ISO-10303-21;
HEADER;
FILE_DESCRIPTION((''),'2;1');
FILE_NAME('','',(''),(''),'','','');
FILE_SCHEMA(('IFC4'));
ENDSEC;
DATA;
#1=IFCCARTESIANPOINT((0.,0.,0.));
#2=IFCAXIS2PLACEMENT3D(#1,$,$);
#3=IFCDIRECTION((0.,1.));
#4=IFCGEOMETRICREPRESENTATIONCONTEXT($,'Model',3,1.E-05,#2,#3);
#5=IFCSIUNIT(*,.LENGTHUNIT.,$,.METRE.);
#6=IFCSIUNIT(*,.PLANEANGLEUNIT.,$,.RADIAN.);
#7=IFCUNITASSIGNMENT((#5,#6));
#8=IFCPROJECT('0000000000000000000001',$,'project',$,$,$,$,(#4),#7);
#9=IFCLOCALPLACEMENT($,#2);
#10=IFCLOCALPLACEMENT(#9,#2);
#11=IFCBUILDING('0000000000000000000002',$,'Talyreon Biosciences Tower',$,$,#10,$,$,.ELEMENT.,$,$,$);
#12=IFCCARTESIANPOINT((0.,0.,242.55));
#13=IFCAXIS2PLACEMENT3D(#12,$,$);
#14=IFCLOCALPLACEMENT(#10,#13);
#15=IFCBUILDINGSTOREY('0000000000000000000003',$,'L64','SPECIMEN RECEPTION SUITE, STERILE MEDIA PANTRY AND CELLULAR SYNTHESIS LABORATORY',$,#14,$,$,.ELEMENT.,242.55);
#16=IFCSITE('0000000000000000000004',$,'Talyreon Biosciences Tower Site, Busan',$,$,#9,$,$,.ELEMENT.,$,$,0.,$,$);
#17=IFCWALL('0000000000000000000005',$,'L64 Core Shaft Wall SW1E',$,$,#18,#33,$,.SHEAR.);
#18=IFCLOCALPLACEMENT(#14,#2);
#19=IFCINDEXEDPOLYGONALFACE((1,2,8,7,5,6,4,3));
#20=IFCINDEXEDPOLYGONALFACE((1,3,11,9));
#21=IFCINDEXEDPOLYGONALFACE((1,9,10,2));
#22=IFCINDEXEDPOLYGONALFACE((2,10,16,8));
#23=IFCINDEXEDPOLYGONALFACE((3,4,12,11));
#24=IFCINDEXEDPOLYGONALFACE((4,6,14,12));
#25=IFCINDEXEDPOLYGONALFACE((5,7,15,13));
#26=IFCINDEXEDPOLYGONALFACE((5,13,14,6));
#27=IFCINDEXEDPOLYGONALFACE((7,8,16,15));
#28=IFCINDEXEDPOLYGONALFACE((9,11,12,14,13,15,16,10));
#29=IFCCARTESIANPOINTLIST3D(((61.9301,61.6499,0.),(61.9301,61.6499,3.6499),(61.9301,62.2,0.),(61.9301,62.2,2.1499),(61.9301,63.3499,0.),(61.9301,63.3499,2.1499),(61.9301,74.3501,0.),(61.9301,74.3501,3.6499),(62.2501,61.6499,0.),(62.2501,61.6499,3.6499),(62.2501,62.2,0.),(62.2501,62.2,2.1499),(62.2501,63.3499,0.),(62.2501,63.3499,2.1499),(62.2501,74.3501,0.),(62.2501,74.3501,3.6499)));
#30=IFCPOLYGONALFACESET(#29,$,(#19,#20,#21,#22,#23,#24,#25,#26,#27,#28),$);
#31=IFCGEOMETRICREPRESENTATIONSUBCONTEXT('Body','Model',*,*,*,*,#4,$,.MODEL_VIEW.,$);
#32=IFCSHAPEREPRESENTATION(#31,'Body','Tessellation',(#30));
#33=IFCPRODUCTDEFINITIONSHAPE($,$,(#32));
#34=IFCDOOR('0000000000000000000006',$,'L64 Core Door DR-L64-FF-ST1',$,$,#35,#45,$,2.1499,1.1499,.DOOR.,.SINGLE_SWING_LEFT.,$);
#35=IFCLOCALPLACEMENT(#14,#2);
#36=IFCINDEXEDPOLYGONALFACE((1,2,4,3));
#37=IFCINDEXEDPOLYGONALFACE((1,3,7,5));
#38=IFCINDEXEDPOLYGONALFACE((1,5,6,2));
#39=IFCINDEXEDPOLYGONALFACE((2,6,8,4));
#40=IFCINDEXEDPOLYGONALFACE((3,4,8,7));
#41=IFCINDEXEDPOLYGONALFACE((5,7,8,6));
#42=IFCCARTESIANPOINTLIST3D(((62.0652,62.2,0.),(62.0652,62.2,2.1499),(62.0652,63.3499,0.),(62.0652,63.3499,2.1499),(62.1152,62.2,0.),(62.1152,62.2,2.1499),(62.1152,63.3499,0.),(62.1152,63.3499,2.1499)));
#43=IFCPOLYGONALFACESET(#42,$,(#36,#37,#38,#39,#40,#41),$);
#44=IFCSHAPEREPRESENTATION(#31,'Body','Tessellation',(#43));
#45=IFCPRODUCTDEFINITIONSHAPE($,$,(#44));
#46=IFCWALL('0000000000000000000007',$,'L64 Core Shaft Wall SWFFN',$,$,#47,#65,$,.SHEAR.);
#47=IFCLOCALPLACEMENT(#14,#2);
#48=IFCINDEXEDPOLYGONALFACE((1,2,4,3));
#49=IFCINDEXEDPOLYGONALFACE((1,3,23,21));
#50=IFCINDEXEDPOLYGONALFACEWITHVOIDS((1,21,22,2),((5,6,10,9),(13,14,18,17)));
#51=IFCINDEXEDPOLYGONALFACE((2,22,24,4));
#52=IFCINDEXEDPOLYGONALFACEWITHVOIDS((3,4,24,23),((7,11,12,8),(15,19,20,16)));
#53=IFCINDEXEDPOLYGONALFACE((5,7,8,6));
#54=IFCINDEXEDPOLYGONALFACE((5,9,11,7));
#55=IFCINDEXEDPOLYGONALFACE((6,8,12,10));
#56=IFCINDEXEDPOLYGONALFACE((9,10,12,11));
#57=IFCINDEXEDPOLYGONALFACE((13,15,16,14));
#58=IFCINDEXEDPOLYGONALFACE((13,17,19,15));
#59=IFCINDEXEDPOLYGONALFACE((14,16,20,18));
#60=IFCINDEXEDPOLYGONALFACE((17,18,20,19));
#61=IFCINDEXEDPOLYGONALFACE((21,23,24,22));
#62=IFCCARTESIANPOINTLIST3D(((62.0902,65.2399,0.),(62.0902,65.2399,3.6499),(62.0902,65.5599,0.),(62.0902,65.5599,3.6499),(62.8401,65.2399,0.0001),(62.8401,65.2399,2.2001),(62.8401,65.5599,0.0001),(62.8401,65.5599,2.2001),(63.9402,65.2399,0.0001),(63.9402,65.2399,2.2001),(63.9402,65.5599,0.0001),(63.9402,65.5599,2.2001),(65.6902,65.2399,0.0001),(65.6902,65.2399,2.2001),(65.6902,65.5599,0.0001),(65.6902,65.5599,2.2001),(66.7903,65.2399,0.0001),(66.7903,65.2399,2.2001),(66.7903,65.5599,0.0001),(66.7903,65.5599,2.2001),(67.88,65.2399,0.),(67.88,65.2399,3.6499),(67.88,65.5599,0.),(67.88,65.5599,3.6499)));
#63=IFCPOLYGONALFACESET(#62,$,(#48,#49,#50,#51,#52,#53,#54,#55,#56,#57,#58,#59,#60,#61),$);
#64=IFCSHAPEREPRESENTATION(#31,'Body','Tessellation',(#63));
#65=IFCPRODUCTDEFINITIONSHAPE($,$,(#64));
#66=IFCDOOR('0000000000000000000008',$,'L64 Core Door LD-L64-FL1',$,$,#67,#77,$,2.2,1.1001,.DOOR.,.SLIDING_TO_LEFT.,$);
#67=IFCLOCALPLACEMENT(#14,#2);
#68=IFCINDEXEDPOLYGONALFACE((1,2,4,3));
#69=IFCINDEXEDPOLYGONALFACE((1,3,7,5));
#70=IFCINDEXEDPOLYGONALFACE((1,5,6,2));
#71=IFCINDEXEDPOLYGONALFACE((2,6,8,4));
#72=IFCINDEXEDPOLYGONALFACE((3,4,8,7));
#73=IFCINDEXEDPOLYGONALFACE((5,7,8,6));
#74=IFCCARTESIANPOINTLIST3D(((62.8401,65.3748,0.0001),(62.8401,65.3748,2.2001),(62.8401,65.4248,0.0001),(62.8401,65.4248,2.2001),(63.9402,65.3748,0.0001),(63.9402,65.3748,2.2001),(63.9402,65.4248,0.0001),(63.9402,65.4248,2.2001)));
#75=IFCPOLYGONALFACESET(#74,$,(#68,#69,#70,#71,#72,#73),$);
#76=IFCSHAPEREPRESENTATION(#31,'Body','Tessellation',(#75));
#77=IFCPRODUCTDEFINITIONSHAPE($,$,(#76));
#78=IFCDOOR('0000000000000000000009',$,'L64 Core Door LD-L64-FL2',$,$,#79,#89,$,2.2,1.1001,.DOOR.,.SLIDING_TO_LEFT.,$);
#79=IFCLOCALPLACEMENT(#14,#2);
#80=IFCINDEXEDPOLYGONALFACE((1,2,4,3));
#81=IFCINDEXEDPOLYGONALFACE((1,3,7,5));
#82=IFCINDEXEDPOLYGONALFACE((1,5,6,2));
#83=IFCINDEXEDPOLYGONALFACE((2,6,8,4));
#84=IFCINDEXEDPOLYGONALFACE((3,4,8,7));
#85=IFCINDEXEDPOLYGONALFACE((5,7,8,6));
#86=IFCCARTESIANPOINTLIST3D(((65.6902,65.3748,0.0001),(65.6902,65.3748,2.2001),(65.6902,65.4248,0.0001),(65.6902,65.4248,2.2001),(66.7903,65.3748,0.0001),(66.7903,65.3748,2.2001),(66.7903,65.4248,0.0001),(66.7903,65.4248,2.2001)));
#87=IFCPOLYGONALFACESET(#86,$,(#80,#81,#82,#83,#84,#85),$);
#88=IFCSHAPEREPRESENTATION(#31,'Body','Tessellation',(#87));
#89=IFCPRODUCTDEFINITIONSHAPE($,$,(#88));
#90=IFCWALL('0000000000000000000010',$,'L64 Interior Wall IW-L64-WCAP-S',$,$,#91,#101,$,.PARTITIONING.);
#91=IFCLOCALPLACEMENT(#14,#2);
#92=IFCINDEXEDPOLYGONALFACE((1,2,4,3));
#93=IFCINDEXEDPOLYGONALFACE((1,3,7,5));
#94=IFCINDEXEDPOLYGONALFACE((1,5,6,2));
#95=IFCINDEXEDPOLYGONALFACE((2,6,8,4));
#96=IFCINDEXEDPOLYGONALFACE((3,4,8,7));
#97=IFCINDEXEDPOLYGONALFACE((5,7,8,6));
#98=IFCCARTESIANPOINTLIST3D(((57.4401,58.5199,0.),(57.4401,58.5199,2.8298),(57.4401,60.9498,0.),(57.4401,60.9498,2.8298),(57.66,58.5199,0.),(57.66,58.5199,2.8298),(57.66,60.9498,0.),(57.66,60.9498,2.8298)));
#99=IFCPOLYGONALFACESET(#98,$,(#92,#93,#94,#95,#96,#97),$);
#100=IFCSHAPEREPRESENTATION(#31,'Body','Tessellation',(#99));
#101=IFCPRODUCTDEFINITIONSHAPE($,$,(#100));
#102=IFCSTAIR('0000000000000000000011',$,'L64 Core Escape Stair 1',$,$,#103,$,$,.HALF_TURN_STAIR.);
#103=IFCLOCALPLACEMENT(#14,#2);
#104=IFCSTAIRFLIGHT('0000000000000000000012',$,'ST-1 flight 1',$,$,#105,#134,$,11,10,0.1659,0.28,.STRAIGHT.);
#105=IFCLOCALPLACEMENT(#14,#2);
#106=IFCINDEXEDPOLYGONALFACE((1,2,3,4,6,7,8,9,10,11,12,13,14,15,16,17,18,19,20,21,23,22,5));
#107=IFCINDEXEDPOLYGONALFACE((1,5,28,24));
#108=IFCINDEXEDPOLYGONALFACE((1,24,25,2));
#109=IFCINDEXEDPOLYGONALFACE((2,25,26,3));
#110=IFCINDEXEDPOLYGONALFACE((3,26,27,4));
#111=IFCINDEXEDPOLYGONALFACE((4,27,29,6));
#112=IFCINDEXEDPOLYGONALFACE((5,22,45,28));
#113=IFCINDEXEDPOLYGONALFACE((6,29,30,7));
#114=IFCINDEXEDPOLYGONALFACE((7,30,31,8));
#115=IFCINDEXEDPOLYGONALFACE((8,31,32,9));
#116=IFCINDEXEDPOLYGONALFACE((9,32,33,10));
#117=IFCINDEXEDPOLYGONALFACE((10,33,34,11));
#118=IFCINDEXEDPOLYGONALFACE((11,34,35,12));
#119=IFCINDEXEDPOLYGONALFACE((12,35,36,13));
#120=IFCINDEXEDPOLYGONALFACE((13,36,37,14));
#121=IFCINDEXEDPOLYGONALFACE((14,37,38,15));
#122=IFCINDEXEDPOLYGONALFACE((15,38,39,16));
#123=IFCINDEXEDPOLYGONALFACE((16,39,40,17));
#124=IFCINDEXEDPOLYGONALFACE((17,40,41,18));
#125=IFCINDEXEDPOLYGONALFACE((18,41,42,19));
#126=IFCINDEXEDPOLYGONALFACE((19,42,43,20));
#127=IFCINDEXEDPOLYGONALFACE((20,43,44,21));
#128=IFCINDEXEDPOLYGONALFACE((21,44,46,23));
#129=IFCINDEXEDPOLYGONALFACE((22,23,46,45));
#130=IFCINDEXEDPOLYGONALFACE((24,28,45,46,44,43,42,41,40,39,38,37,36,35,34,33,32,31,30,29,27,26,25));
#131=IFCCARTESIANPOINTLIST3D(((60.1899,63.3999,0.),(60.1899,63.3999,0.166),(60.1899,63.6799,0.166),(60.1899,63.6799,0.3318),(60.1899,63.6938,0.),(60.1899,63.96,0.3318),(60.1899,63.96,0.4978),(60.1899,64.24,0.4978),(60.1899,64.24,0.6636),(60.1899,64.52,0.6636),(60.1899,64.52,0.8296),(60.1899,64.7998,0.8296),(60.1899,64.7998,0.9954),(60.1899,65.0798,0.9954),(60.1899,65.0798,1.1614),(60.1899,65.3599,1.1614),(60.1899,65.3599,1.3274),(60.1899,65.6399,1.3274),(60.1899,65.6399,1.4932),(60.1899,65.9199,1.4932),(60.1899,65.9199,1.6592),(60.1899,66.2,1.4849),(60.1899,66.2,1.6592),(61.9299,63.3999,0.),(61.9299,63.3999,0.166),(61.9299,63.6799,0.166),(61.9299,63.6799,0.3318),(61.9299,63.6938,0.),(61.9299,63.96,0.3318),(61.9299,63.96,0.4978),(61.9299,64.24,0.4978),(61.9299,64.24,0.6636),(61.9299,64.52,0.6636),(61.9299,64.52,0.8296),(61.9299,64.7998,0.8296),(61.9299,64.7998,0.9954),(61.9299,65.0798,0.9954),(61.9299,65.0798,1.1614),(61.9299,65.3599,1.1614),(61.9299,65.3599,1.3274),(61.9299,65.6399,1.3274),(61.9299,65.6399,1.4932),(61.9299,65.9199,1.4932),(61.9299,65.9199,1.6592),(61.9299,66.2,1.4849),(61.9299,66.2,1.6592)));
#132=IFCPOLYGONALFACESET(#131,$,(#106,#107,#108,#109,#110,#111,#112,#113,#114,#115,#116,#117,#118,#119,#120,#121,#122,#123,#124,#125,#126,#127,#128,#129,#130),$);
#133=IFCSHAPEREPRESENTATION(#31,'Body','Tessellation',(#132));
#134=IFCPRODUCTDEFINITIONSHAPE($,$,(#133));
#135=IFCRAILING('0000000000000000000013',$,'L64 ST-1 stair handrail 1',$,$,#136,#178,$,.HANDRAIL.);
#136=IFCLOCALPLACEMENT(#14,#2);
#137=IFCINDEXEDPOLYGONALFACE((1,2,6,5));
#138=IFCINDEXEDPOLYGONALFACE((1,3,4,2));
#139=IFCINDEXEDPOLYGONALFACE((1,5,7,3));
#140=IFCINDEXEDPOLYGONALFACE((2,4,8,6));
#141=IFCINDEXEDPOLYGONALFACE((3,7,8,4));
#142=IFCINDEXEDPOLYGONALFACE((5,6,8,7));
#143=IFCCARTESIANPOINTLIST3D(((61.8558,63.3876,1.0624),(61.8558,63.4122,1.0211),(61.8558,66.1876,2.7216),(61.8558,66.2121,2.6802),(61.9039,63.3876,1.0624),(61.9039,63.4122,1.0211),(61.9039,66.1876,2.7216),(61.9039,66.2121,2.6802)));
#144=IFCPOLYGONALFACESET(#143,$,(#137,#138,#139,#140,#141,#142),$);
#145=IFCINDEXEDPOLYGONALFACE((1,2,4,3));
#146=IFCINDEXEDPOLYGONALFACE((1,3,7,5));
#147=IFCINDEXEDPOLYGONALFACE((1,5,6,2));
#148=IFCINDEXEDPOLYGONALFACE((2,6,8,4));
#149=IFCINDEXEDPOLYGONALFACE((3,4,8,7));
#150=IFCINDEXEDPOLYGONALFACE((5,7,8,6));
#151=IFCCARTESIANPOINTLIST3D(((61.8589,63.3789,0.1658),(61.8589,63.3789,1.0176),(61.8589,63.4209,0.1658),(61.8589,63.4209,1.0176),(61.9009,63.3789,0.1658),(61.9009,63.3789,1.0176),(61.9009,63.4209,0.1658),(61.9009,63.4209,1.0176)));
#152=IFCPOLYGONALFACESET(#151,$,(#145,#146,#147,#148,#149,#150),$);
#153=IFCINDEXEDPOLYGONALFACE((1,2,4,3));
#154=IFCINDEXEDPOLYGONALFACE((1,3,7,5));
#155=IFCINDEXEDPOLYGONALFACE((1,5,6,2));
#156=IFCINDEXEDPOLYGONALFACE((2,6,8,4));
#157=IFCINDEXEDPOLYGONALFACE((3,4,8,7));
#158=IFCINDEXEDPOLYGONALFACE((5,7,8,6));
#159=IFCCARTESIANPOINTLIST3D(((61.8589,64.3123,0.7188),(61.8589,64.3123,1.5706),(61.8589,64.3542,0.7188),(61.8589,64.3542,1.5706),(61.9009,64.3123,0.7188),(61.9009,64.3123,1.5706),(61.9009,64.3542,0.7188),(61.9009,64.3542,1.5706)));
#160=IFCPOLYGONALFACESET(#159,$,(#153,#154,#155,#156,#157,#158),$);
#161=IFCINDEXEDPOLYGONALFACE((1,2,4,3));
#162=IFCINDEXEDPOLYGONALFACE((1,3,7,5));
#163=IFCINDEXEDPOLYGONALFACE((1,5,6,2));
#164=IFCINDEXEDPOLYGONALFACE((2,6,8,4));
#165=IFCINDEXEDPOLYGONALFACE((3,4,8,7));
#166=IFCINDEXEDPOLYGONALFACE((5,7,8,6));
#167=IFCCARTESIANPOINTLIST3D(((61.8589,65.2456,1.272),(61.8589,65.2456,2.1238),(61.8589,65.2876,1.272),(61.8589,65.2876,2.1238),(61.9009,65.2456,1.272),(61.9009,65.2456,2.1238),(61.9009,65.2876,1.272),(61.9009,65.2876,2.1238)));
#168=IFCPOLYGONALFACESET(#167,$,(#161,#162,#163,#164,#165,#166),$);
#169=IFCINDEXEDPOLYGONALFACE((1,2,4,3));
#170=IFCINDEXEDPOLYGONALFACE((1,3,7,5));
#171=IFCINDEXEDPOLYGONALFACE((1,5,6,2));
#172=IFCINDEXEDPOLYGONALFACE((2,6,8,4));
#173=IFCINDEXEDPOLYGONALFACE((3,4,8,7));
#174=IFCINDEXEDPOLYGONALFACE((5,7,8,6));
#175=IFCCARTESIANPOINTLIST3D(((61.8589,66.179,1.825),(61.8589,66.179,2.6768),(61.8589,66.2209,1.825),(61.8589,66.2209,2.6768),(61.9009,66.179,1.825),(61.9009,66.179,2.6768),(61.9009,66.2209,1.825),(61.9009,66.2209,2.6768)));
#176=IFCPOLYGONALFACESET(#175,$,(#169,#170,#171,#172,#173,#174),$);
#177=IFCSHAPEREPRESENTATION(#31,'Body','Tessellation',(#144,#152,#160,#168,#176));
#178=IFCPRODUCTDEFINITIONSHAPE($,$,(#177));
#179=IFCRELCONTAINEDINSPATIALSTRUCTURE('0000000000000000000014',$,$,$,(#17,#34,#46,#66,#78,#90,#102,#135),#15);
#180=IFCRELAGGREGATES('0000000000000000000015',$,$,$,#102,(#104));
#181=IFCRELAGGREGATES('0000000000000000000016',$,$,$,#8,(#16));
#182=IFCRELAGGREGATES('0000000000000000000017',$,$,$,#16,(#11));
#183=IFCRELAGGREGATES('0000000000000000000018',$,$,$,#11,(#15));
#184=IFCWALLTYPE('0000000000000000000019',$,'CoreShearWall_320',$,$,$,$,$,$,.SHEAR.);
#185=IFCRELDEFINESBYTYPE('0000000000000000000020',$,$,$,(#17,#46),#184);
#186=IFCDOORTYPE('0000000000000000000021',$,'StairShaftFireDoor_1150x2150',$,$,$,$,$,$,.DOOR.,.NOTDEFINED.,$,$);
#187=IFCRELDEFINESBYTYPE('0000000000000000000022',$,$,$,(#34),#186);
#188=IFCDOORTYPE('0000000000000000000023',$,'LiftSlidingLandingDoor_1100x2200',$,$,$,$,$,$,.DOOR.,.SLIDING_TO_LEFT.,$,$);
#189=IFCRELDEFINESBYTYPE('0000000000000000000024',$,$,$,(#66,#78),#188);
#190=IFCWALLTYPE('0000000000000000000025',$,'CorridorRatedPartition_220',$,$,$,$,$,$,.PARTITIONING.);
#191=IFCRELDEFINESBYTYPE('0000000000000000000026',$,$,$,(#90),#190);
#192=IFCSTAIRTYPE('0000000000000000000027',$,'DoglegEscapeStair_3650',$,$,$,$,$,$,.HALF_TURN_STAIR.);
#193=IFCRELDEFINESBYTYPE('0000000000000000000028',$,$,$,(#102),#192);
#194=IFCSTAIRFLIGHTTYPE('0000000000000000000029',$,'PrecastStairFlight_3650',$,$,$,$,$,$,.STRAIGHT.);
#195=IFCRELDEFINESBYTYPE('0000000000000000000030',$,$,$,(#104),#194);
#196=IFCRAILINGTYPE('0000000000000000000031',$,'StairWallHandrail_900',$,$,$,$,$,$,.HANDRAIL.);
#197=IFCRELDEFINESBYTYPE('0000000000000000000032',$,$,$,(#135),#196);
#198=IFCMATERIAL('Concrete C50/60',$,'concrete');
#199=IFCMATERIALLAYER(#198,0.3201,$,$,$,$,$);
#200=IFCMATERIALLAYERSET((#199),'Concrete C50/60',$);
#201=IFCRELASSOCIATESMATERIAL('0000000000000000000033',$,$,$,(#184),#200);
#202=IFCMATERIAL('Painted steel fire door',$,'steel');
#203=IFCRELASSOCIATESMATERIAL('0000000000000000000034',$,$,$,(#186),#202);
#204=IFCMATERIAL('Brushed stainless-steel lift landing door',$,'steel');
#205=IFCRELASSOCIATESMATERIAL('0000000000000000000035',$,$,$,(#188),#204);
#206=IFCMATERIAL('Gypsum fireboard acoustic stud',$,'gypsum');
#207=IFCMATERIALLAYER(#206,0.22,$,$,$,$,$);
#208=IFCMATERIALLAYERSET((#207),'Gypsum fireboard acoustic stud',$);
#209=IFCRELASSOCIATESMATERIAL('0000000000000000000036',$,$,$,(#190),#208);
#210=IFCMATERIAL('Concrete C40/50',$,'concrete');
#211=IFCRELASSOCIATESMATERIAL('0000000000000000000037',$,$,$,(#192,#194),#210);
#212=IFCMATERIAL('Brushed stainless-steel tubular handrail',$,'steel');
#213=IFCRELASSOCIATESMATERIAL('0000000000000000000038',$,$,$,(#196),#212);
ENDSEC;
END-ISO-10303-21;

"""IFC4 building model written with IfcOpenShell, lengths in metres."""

from ifc_helpers import new_model, si_unit, direction, frame, frame_2d, origin, origin_2d, place, context, subcontext, project, spatial, polyline, rectangle, outline, extrude, material, layer, layer_set, type_object, element, fill, aggregate, save


model = new_model("IFC4")

# Units and contexts
model_context = context("Model", 3, precision=1e-05, world=origin(), true_north=direction((0.0, 1.0)))
body_context = subcontext(model_context, "Body", "Model", "MODEL_VIEW")
ifc_project = project(units=[si_unit("LENGTHUNIT", "METRE"), si_unit("PLANEANGLEUNIT", "RADIAN")], contexts=[model_context])

# Site, building, storey
site_placement = place(None, origin())
site = spatial("IfcSite", under=ifc_project, at=site_placement, Name="Talyreon Biosciences Tower Site, Busan", CompositionType="ELEMENT", RefElevation=0.0)
building_placement = place(site_placement, origin())
building = spatial("IfcBuilding", under=site, at=building_placement, Name="Talyreon Biosciences Tower", CompositionType="ELEMENT")
storey_placement = place(building_placement, frame((0.0, 0.0, 242.55)))
storey = spatial("IfcBuildingStorey", under=building, at=storey_placement, Name="L64", Description="SPECIMEN RECEPTION SUITE, STERILE MEDIA PANTRY AND CELLULAR SYNTHESIS LABORATORY", CompositionType="ELEMENT", Elevation=242.55)

# Shared definitions
ifc_material_1 = material(Name="Concrete C50/60", Category="concrete")

# Wall, opening, door
ifc_layer_1 = layer(ifc_material_1, 0.3201)
ifc_layer_set_1 = layer_set([ifc_layer_1], Name="Concrete C50/60")
wall_type_1 = type_object("IfcWallType", Name="CoreShearWall_320", PredefinedType="SHEAR", material=ifc_layer_set_1)
wall_1_placement = place(storey_placement, frame((62.0901, 61.6499, 0.0), z_axis=(0.0, 0.0, 1.0), x_axis=(0.0, 1.0, 0.0)))
wall_1 = element("IfcWall", 1, at=wall_1_placement, inside=storey, type_object=wall_type_1, Name="L64 Core Shaft Wall SW1E", PredefinedType="SHEAR", context=body_context, shape_type="SweptSolid", body=[
    extrude(rectangle(XDim=12.7002, YDim=0.3201, at=frame_2d((6.3501, 0.0))), origin(), (0.0, 0.0, 1.0), 3.6499),
])
opening_1_placement = place(wall_1_placement, frame((0.55, 0.0, 0.0)))
opening_1 = element("IfcOpeningElement", 2, at=opening_1_placement, cuts=wall_1, PredefinedType="OPENING", context=body_context, shape_type="SweptSolid", body=[
    extrude(rectangle(XDim=1.1499, YDim=2.1499, at=frame_2d((0.575, 1.075))), frame((0.0, 0.1699, 0.0), z_axis=(0.0, -1.0, 0.0), x_axis=(1.0, 0.0, 0.0)), (0.0, 0.0, 1.0), 0.3401),
])
ifc_material_2 = material(Name="Painted steel fire door", Category="steel")
door_type_1 = type_object("IfcDoorType", Name="StairShaftFireDoor_1150x2150", OperationType="NOTDEFINED", PredefinedType="DOOR", material=ifc_material_2)
door_1_placement = place(opening_1_placement, origin())
door_1 = element("IfcDoor", 3, at=door_1_placement, inside=storey, type_object=door_type_1, Name="L64 Core Door DR-L64-FF-ST1", OperationType="SINGLE_SWING_LEFT", OverallHeight=2.1499, OverallWidth=1.1499, PredefinedType="DOOR", context=body_context, shape_type="SweptSolid", body=[
    extrude(rectangle(XDim=1.1499, YDim=2.1499, at=frame_2d((0.575, 1.075))), frame((0.0, 0.0249, 0.0), z_axis=(0.0, -1.0, 0.0), x_axis=(1.0, 0.0, 0.0)), (0.0, 0.0, 1.0), 0.05),
])
fill(opening_1, door_1)

# Wall, openings, doors
wall_2_placement = place(storey_placement, frame((62.0901, 65.3999, 0.0), z_axis=(0.0, 0.0, 1.0), x_axis=(1.0, 0.0, 0.0)))
wall_2 = element("IfcWall", 4, at=wall_2_placement, inside=storey, type_object=wall_type_1, Name="L64 Core Shaft Wall SWFFN", PredefinedType="SHEAR", context=body_context, shape_type="SweptSolid", body=[
    extrude(rectangle(XDim=5.7898, YDim=0.3201, at=frame_2d((2.895, 0.0))), origin(), (0.0, 0.0, 1.0), 3.6499),
])
opening_2_placement = place(wall_2_placement, frame((0.75, 0.0, 0.0)))
opening_2 = element("IfcOpeningElement", 5, at=opening_2_placement, cuts=wall_2, PredefinedType="OPENING", context=body_context, shape_type="SweptSolid", body=[
    extrude(rectangle(XDim=1.1001, YDim=2.2, at=frame_2d((0.55, 1.1001))), frame((0.0, 0.1699, 0.0), z_axis=(0.0, -1.0, 0.0), x_axis=(1.0, 0.0, 0.0)), (0.0, 0.0, 1.0), 0.3401),
])
opening_3_placement = place(wall_2_placement, frame((3.6001, 0.0, 0.0)))
opening_3 = element("IfcOpeningElement", 6, at=opening_3_placement, cuts=wall_2, PredefinedType="OPENING", context=body_context, shape_type="SweptSolid", body=[
    extrude(rectangle(XDim=1.1001, YDim=2.2, at=frame_2d((0.55, 1.1001))), frame((0.0, 0.1699, 0.0), z_axis=(0.0, -1.0, 0.0), x_axis=(1.0, 0.0, 0.0)), (0.0, 0.0, 1.0), 0.3401),
])
ifc_material_3 = material(Name="Brushed stainless-steel lift landing door", Category="steel")
door_type_2 = type_object("IfcDoorType", Name="LiftSlidingLandingDoor_1100x2200", OperationType="SLIDING_TO_LEFT", PredefinedType="DOOR", material=ifc_material_3)
door_2_placement = place(opening_2_placement, origin())
door_2 = element("IfcDoor", 7, at=door_2_placement, inside=storey, type_object=door_type_2, Name="L64 Core Door LD-L64-FL1", OperationType="SLIDING_TO_LEFT", OverallHeight=2.2, OverallWidth=1.1001, PredefinedType="DOOR", context=body_context, shape_type="SweptSolid", body=[
    extrude(rectangle(XDim=1.1001, YDim=2.2, at=frame_2d((0.55, 1.1001))), frame((0.0, 0.0249, 0.0), z_axis=(0.0, -1.0, 0.0), x_axis=(1.0, 0.0, 0.0)), (0.0, 0.0, 1.0), 0.05),
])
fill(opening_2, door_2)
door_3_placement = place(opening_3_placement, origin())
door_3 = element("IfcDoor", 8, at=door_3_placement, inside=storey, type_object=door_type_2, Name="L64 Core Door LD-L64-FL2", OperationType="SLIDING_TO_LEFT", OverallHeight=2.2, OverallWidth=1.1001, PredefinedType="DOOR", context=body_context, shape_type="SweptSolid", body=[
    extrude(rectangle(XDim=1.1001, YDim=2.2, at=frame_2d((0.55, 1.1001))), frame((0.0, 0.0249, 0.0), z_axis=(0.0, -1.0, 0.0), x_axis=(1.0, 0.0, 0.0)), (0.0, 0.0, 1.0), 0.05),
])
fill(opening_3, door_3)

# Wall
ifc_material_4 = material(Name="Gypsum fireboard acoustic stud", Category="gypsum")
ifc_layer_2 = layer(ifc_material_4, 0.22)
ifc_layer_set_2 = layer_set([ifc_layer_2], Name="Gypsum fireboard acoustic stud")
wall_type_2 = type_object("IfcWallType", Name="CorridorRatedPartition_220", PredefinedType="PARTITIONING", material=ifc_layer_set_2)
wall_3_placement = place(storey_placement, frame((57.55, 58.52, 0.0), z_axis=(0.0, 0.0, 1.0), x_axis=(0.0, 1.0, 0.0)))
element("IfcWall", 9, at=wall_3_placement, inside=storey, type_object=wall_type_2, Name="L64 Interior Wall IW-L64-WCAP-S", PredefinedType="PARTITIONING", context=body_context, shape_type="SweptSolid", body=[
    extrude(rectangle(XDim=2.4299, YDim=0.22, at=frame_2d((1.2148, 0.0))), origin(), (0.0, 0.0, 1.0), 2.8298),
])

# Stair, stair flight
ifc_material_5 = material(Name="Concrete C40/50", Category="concrete")
stair_type = type_object("IfcStairType", Name="DoglegEscapeStair_3650", PredefinedType="HALF_TURN_STAIR", material=ifc_material_5)
stair_placement = place(storey_placement, origin())
stair = element("IfcStair", 10, at=stair_placement, inside=storey, type_object=stair_type, Name="L64 Core Escape Stair 1", PredefinedType="HALF_TURN_STAIR")
stair_flight_type = type_object("IfcStairFlightType", Name="PrecastStairFlight_3650", PredefinedType="STRAIGHT", material=ifc_material_5)
stair_flight_placement = place(storey_placement, frame((61.0601, 63.3999, 0.0), z_axis=(0.0, 0.0, 1.0), x_axis=(0.0, 1.0, 0.0)))
stair_flight = element("IfcStairFlight", 11, at=stair_flight_placement, type_object=stair_flight_type, Name="ST-1 flight 1", NumberOfRisers=11, NumberOfTreads=10, PredefinedType="STRAIGHT", RiserHeight=0.1659, TreadLength=0.28, context=body_context, shape_type="SweptSolid", body=[
    extrude(outline(polyline([(0.0, 0.0), (0.0, 0.166), (0.28, 0.166), (0.28, 0.3318), (0.5601, 0.3318), (0.5601, 0.4978), (0.8401, 0.4978), (0.8401, 0.6636), (1.1201, 0.6636), (1.1201, 0.8296), (1.3999, 0.8296), (1.3999, 0.9954), (1.6799, 0.9954), (1.6799, 1.1614), (1.96, 1.1614), (1.96, 1.3274), (2.24, 1.3274), (2.24, 1.4932), (2.52, 1.4932), (2.52, 1.6592), (2.8, 1.6592), (2.8, 1.825), (2.8, 1.4849), (0.2939, 0.0), (0.0, 0.0)])), frame((0.0, 0.8701, 0.0), z_axis=(0.0, -1.0, 0.0), x_axis=(1.0, 0.0, 0.0)), (0.0, 0.0, 1.0), 1.74),
])
aggregate(stair, [stair_flight])

# Railing
ifc_material_6 = material(Name="Brushed stainless-steel tubular handrail", Category="steel")
railing_type_1 = type_object("IfcRailingType", Name="StairWallHandrail_900", PredefinedType="HANDRAIL", material=ifc_material_6)
railing_1_placement = place(storey_placement, frame((61.8799, 63.3999, 0.1658)))
element("IfcRailing", 12, at=railing_1_placement, inside=storey, type_object=railing_type_1, Name="L64 ST-1 stair handrail 1", PredefinedType="HANDRAIL", context=body_context, shape_type="SweptSolid", body=[
    extrude(rectangle(XDim=0.0481, YDim=0.0481, at=origin_2d()), frame((0.0, 0.0, 0.876), z_axis=(0.0, 0.860306, 0.509778), x_axis=(-1.0, 0.0, 0.0)), (0.0, 0.0, 1.0), 3.2546),
    extrude(rectangle(XDim=0.042, YDim=0.042, at=origin_2d()), origin(), (0.0, 0.0, 1.0), 0.8518),
    extrude(rectangle(XDim=0.042, YDim=0.042, at=origin_2d()), frame((0.0, 0.9333, 0.553)), (0.0, 0.0, 1.0), 0.8518),
    extrude(rectangle(XDim=0.042, YDim=0.042, at=origin_2d()), frame((0.0, 1.8667, 1.1062)), (0.0, 0.0, 1.0), 0.8518),
    extrude(rectangle(XDim=0.042, YDim=0.042, at=origin_2d()), frame((0.0, 2.8, 1.6592)), (0.0, 0.0, 1.0), 0.8518),
])

save(model, "model.ifc")
